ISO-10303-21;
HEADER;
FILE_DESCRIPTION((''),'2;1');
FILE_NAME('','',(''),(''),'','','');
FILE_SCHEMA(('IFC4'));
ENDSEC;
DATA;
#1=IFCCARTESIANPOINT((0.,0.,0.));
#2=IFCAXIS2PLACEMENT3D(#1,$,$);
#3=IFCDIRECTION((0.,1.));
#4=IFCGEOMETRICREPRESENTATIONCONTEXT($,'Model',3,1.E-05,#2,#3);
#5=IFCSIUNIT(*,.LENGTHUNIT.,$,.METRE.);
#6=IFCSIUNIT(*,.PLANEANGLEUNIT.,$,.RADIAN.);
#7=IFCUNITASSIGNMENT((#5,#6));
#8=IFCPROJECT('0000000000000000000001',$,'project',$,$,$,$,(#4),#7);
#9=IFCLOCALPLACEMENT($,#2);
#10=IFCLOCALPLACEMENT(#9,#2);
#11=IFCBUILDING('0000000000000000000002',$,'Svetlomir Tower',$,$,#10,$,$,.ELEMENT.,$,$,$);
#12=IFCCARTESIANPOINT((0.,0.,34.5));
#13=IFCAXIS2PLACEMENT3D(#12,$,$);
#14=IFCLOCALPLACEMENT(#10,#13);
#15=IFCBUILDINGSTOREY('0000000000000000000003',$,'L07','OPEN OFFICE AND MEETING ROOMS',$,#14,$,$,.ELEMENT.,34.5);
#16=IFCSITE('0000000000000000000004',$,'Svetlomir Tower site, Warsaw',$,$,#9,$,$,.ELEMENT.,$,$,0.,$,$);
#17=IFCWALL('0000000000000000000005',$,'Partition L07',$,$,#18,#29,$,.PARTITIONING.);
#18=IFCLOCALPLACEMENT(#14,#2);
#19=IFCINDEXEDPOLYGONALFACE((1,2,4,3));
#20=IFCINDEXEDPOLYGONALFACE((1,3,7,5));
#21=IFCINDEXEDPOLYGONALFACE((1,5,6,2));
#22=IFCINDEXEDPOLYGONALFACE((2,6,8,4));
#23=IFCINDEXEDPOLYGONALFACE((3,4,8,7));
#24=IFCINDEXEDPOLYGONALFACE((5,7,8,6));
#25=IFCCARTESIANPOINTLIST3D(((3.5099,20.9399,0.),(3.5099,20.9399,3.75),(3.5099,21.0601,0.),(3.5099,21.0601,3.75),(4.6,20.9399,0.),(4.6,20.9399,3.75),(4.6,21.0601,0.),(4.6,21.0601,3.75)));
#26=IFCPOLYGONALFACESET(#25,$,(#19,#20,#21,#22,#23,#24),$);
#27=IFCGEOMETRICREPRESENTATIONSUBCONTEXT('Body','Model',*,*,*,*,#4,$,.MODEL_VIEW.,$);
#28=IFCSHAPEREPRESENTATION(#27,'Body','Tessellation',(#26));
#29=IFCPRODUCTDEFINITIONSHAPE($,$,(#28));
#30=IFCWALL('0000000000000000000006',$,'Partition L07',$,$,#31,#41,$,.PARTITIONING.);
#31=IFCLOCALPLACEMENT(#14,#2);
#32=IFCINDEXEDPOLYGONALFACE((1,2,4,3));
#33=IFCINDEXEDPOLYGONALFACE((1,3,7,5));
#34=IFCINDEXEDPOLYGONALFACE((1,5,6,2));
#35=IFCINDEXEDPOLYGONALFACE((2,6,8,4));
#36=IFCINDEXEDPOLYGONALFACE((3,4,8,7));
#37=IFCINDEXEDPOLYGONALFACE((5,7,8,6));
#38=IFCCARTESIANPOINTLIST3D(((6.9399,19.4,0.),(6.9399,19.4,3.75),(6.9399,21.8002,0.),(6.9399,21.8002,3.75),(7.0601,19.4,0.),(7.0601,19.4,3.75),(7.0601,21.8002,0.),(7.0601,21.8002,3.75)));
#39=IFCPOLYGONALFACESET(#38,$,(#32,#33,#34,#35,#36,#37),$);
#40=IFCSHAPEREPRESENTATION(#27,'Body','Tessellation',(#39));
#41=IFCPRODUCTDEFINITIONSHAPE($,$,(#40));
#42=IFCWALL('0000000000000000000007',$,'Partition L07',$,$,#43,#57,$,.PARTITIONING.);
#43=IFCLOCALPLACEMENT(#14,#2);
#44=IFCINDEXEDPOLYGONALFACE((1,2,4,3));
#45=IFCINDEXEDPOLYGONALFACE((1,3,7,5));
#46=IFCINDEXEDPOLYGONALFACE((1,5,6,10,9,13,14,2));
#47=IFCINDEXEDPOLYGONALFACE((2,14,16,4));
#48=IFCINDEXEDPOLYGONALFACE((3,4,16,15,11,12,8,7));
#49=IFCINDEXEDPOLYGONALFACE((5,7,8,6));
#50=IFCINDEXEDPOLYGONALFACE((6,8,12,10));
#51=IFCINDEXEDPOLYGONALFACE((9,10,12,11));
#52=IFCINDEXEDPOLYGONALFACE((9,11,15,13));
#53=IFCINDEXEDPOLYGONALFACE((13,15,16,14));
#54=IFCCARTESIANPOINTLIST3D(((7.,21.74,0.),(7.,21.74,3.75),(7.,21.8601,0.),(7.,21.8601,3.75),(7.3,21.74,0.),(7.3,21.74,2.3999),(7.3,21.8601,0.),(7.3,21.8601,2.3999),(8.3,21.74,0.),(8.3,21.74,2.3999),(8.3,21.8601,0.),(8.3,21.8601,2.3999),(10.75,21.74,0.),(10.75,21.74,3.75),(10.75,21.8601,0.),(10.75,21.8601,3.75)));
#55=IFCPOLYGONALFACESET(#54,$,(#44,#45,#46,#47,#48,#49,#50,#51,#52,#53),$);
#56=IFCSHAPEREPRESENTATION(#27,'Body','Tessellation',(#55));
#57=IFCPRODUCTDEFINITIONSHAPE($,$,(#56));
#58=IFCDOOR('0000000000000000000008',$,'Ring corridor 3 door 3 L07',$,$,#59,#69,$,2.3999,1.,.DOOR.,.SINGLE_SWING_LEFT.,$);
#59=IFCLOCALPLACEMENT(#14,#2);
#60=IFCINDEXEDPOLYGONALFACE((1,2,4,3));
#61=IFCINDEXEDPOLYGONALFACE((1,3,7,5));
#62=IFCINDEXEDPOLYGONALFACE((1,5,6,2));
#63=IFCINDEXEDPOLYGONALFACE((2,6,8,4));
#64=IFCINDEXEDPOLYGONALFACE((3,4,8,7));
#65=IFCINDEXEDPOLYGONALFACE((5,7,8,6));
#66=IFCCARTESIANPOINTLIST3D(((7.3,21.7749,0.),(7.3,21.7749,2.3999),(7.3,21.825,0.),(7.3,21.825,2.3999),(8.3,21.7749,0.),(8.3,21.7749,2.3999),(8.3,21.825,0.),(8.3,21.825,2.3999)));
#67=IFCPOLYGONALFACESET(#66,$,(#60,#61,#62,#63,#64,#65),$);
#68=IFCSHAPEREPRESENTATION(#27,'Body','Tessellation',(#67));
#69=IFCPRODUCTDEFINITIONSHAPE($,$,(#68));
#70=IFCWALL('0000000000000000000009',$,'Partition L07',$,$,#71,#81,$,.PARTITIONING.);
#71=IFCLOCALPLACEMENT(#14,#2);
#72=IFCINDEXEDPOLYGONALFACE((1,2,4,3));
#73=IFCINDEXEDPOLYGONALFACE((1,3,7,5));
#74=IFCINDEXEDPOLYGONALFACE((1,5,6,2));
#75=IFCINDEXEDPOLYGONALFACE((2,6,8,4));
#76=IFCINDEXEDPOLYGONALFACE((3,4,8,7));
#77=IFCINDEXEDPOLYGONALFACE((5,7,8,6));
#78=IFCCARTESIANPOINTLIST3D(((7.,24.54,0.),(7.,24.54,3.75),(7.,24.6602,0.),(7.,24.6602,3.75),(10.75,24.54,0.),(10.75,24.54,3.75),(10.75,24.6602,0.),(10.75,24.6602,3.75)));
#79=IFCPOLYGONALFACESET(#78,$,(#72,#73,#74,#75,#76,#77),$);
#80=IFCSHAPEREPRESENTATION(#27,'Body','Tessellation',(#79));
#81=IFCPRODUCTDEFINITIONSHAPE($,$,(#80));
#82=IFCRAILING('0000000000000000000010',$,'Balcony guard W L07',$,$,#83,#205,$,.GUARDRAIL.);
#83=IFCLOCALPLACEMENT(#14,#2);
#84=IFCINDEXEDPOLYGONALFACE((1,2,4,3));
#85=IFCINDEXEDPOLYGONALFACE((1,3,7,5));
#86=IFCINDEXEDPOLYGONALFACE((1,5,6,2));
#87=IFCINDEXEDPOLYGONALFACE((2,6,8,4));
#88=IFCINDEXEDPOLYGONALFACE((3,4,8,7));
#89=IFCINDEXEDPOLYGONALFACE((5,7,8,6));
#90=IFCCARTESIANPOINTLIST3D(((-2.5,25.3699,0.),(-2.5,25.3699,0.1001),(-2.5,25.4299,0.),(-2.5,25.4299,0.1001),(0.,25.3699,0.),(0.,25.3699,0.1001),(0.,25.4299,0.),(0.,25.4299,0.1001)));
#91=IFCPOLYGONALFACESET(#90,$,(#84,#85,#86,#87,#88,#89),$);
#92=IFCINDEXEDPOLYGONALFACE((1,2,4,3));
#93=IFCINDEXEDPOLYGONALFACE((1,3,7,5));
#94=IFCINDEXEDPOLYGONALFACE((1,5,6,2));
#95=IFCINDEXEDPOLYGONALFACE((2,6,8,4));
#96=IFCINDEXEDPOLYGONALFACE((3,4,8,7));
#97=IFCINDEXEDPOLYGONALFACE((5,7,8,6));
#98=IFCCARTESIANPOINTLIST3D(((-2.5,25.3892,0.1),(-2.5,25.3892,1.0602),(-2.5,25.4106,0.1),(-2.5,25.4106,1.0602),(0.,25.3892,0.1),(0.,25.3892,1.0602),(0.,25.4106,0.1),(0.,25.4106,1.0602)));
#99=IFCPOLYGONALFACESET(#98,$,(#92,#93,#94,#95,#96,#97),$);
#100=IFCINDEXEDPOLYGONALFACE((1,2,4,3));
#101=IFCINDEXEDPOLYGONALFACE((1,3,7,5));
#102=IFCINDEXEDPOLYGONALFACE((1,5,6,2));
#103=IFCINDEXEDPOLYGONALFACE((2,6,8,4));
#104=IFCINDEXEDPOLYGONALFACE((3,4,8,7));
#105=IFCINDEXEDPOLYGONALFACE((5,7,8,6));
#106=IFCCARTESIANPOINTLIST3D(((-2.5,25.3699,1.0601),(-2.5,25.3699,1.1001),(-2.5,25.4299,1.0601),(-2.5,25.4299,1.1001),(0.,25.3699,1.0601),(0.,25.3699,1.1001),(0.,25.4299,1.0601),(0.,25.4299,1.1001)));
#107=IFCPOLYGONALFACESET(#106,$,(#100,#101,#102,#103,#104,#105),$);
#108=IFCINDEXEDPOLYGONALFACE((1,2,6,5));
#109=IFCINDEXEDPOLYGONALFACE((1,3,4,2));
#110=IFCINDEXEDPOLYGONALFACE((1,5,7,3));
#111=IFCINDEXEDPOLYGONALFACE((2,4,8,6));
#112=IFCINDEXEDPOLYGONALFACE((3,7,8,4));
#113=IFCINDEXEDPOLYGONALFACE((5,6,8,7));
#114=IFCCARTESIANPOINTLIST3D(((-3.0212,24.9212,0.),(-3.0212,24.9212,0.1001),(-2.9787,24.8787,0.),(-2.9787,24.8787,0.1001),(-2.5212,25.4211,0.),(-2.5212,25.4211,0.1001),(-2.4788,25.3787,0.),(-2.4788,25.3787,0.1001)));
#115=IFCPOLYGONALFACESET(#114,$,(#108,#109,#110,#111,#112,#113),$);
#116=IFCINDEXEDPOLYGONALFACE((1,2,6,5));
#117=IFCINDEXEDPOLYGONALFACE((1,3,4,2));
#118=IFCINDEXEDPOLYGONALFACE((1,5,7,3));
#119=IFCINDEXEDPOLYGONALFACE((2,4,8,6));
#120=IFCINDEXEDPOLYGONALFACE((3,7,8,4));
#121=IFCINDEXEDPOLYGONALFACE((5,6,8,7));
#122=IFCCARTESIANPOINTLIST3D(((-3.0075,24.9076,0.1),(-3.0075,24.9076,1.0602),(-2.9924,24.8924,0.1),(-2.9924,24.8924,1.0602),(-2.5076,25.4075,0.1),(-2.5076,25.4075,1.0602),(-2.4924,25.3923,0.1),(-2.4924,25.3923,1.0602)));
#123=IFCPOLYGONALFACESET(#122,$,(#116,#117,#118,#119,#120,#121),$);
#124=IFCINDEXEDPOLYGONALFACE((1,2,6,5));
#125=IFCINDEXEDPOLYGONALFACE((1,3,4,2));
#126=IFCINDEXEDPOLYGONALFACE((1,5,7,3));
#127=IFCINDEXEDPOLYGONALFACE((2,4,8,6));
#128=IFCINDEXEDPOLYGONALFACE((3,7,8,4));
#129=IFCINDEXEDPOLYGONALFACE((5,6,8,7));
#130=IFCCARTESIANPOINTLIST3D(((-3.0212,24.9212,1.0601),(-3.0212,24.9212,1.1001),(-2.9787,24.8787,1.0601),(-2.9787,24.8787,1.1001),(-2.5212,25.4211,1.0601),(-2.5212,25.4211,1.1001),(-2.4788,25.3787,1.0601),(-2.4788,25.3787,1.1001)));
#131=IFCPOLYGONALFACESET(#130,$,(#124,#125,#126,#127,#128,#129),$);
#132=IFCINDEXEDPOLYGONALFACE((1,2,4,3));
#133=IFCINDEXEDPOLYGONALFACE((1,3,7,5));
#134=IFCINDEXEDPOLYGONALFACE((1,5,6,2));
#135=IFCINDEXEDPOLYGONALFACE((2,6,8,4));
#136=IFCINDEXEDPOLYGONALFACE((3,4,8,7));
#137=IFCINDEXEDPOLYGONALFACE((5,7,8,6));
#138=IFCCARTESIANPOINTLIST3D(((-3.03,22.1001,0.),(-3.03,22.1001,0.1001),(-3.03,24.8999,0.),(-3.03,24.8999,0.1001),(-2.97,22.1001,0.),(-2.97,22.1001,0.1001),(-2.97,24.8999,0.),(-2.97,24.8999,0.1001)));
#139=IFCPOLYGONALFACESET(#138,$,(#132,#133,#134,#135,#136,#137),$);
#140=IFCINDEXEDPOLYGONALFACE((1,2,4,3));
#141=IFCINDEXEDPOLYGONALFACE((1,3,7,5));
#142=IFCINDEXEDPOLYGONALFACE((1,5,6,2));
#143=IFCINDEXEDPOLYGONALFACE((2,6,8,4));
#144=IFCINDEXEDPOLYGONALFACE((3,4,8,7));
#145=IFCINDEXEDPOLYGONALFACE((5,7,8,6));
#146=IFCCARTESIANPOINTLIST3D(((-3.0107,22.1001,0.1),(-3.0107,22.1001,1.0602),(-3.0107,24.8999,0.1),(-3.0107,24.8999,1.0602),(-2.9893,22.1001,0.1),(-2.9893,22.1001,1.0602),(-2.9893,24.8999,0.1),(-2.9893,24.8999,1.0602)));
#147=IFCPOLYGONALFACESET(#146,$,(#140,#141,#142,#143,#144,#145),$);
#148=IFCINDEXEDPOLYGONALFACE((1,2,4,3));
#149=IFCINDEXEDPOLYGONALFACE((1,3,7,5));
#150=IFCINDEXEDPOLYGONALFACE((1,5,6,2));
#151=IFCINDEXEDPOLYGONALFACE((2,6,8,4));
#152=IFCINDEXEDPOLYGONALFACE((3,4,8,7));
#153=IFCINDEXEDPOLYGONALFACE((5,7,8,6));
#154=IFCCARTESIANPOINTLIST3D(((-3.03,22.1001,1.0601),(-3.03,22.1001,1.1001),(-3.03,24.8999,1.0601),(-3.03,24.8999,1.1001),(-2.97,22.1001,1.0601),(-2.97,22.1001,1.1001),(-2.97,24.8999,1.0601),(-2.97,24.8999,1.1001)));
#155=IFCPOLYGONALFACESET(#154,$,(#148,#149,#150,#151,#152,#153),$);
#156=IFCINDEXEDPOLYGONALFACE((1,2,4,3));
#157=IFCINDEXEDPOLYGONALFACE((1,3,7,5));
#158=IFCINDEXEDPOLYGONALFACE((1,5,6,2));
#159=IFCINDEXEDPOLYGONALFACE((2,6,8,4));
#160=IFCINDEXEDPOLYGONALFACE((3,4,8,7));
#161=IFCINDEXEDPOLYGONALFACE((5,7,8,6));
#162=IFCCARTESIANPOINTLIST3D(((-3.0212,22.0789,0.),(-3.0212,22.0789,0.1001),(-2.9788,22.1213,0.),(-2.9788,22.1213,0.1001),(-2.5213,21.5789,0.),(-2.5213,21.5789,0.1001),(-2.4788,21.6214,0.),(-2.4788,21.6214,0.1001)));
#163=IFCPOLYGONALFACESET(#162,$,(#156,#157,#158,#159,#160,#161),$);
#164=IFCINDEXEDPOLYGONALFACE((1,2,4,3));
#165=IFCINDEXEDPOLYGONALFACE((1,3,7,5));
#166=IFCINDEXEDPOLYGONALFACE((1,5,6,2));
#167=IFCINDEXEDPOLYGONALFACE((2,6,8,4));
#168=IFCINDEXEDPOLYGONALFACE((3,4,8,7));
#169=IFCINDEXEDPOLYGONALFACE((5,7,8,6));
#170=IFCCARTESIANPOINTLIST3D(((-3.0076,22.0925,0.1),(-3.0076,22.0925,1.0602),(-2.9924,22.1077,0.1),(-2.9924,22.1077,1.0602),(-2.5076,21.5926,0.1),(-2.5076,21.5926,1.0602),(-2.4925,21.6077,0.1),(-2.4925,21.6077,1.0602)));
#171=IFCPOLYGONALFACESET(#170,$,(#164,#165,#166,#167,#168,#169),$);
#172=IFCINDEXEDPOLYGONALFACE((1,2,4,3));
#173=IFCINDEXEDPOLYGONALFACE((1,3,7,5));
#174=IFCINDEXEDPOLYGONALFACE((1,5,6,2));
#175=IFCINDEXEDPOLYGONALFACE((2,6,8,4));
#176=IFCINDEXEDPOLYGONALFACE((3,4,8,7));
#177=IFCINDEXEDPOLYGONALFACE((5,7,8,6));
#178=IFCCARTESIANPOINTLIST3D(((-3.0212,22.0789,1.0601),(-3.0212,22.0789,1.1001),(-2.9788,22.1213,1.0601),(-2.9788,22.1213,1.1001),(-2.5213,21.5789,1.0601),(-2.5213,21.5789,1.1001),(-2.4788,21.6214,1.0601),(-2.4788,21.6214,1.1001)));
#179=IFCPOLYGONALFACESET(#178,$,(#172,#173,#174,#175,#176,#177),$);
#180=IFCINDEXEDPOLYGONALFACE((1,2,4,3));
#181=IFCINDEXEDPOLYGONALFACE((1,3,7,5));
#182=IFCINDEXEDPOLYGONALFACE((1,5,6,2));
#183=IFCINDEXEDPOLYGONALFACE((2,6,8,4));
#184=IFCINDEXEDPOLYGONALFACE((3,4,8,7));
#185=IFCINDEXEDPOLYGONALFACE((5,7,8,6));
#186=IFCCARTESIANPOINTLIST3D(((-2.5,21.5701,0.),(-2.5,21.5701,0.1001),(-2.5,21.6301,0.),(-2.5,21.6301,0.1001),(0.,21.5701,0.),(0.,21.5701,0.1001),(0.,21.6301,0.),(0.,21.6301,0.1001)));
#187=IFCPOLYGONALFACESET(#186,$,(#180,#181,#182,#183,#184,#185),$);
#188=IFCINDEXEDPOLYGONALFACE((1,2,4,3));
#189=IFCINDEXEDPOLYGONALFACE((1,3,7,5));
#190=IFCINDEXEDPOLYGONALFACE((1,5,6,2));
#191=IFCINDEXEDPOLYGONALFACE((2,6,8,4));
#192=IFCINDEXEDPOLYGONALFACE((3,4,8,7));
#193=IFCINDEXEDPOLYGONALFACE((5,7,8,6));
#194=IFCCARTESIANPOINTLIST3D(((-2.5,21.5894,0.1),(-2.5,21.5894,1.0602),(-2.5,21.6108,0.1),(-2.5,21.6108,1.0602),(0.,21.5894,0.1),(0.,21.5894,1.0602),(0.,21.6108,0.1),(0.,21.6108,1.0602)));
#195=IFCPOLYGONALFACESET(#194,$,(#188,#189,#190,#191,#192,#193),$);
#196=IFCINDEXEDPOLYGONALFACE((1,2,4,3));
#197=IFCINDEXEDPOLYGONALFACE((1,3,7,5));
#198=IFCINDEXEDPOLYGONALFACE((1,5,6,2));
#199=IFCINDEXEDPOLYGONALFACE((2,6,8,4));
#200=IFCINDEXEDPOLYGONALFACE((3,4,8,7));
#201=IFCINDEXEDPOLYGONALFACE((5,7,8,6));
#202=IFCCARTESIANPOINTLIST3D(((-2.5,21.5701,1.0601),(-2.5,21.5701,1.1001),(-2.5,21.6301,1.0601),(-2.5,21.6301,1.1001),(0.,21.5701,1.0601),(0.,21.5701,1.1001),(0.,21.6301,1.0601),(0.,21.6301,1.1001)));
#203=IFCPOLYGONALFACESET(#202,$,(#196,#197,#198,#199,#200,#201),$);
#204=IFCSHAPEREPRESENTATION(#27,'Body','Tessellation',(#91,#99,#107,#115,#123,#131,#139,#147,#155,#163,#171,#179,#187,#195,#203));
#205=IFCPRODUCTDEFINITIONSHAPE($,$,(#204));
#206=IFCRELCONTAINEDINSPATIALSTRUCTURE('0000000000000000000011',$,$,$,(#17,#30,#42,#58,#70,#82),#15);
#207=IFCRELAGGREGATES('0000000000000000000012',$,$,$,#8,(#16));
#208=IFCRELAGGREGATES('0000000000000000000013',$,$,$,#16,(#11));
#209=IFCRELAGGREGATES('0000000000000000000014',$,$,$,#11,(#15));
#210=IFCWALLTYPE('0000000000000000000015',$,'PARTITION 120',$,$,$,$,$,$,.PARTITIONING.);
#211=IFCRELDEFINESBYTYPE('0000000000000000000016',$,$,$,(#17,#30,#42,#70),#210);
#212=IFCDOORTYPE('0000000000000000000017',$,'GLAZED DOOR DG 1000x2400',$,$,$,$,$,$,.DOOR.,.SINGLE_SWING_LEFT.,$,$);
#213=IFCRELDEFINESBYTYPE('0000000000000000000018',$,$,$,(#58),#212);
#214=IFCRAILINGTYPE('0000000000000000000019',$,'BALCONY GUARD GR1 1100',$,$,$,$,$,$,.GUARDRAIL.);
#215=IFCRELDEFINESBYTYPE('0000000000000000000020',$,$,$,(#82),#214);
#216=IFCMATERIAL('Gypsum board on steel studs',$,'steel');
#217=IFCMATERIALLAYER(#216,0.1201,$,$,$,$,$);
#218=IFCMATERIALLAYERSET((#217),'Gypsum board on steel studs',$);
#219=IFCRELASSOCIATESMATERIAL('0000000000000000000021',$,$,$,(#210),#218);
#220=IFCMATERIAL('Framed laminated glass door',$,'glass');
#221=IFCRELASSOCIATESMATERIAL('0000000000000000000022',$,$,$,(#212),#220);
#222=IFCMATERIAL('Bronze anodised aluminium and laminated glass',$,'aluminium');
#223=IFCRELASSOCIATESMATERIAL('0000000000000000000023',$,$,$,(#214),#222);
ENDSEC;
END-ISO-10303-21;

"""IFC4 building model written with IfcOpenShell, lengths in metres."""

from ifc_helpers import new_model, si_unit, direction, frame, frame_2d, origin, origin_2d, place, context, subcontext, project, spatial, rectangle, extrude, material, layer, layer_set, type_object, element, fill, save


model = new_model("IFC4")

# Units and contexts
model_context = context("Model", 3, precision=1e-05, world=origin(), true_north=direction((0.0, 1.0)))
body_context = subcontext(model_context, "Body", "Model", "MODEL_VIEW")
ifc_project = project(units=[si_unit("LENGTHUNIT", "METRE"), si_unit("PLANEANGLEUNIT", "RADIAN")], contexts=[model_context])

# Site, building, storey
site_placement = place(None, origin())
site = spatial("IfcSite", under=ifc_project, at=site_placement, Name="Svetlomir Tower site, Warsaw", CompositionType="ELEMENT", RefElevation=0.0)
building_placement = place(site_placement, origin())
building = spatial("IfcBuilding", under=site, at=building_placement, Name="Svetlomir Tower", CompositionType="ELEMENT")
storey_placement = place(building_placement, frame((0.0, 0.0, 34.5)))
storey = spatial("IfcBuildingStorey", under=building, at=storey_placement, Name="L07", Description="OPEN OFFICE AND MEETING ROOMS", CompositionType="ELEMENT", Elevation=34.5)

# Walls
ifc_material_1 = material(Name="Gypsum board on steel studs", Category="steel")
ifc_layer_1 = layer(ifc_material_1, 0.1201)
ifc_layer_set_1 = layer_set([ifc_layer_1], Name="Gypsum board on steel studs")
wall_type_1 = type_object("IfcWallType", Name="PARTITION 120", PredefinedType="PARTITIONING", material=ifc_layer_set_1)
wall_1_placement = place(storey_placement, frame((3.51, 21.0, 0.0), z_axis=(0.0, 0.0, 1.0), x_axis=(1.0, 0.0, 0.0)))
element("IfcWall", 1, at=wall_1_placement, inside=storey, type_object=wall_type_1, Name="Partition L07", PredefinedType="PARTITIONING", context=body_context, shape_type="SweptSolid", body=[
    extrude(rectangle(XDim=1.0901, YDim=0.1201, at=frame_2d((0.5449, 0.0))), origin(), (0.0, 0.0, 1.0), 3.75),
])
wall_2_placement = place(storey_placement, frame((7.0, 19.3999, 0.0), z_axis=(0.0, 0.0, 1.0), x_axis=(0.0, 1.0, 0.0)))
element("IfcWall", 2, at=wall_2_placement, inside=storey, type_object=wall_type_1, Name="Partition L07", PredefinedType="PARTITIONING", context=body_context, shape_type="SweptSolid", body=[
    extrude(rectangle(XDim=2.4001, YDim=0.1201, at=frame_2d((1.2002, 0.0))), origin(), (0.0, 0.0, 1.0), 3.75),
])

# Wall, opening, door
wall_3_placement = place(storey_placement, frame((7.0, 21.8, 0.0), z_axis=(0.0, 0.0, 1.0), x_axis=(1.0, 0.0, 0.0)))
wall_3 = element("IfcWall", 3, at=wall_3_placement, inside=storey, type_object=wall_type_1, Name="Partition L07", PredefinedType="PARTITIONING", context=body_context, shape_type="SweptSolid", body=[
    extrude(rectangle(XDim=3.75, YDim=0.1201, at=frame_2d((1.875, 0.0))), origin(), (0.0, 0.0, 1.0), 3.75),
])
opening_1_placement = place(wall_3_placement, frame((0.3, 0.0, 0.0)))
opening_1 = element("IfcOpeningElement", 4, at=opening_1_placement, cuts=wall_3, PredefinedType="OPENING", context=body_context, shape_type="SweptSolid", body=[
    extrude(rectangle(XDim=1.0, YDim=2.3999, at=frame_2d((0.5, 1.2))), frame((0.0, 0.0701, 0.0), z_axis=(0.0, -1.0, 0.0), x_axis=(1.0, 0.0, 0.0)), (0.0, 0.0, 1.0), 0.1401),
])
ifc_material_2 = material(Name="Framed laminated glass door", Category="glass")
door_type_1 = type_object("IfcDoorType", Name="GLAZED DOOR DG 1000x2400", OperationType="SINGLE_SWING_LEFT", PredefinedType="DOOR", material=ifc_material_2)
door_1_placement = place(opening_1_placement, origin())
door_1 = element("IfcDoor", 5, at=door_1_placement, inside=storey, type_object=door_type_1, Name="Ring corridor 3 door 3 L07", OperationType="SINGLE_SWING_LEFT", OverallHeight=2.3999, OverallWidth=1.0, PredefinedType="DOOR", context=body_context, shape_type="SweptSolid", body=[
    extrude(rectangle(XDim=1.0, YDim=2.3999, at=frame_2d((0.5, 1.2))), frame((0.0, 0.0249, 0.0), z_axis=(0.0, -1.0, 0.0), x_axis=(1.0, 0.0, 0.0)), (0.0, 0.0, 1.0), 0.05),
])
fill(opening_1, door_1)

# Wall
wall_4_placement = place(storey_placement, frame((7.0, 24.6001, 0.0), z_axis=(0.0, 0.0, 1.0), x_axis=(1.0, 0.0, 0.0)))
element("IfcWall", 6, at=wall_4_placement, inside=storey, type_object=wall_type_1, Name="Partition L07", PredefinedType="PARTITIONING", context=body_context, shape_type="SweptSolid", body=[
    extrude(rectangle(XDim=3.75, YDim=0.1201, at=frame_2d((1.875, 0.0))), origin(), (0.0, 0.0, 1.0), 3.75),
])

# Railing
ifc_material_3 = material(Name="Bronze anodised aluminium and laminated glass", Category="aluminium")
railing_type_1 = type_object("IfcRailingType", Name="BALCONY GUARD GR1 1100", PredefinedType="GUARDRAIL", material=ifc_material_3)
railing_1_placement = place(storey_placement, frame((0.0, 25.3999, 0.0)))
element("IfcRailing", 7, at=railing_1_placement, inside=storey, type_object=railing_type_1, Name="Balcony guard W L07", PredefinedType="GUARDRAIL", context=body_context, shape_type="SweptSolid", body=[
    extrude(rectangle(XDim=0.0601, YDim=0.1001, at=origin_2d()), frame((0.0, 0.0, 0.05), z_axis=(-1.0, 0.0, 0.0), x_axis=(0.0, -1.0, 0.0)), (0.0, 0.0, 1.0), 2.5),
    extrude(rectangle(XDim=0.0215, YDim=0.9602, at=origin_2d()), frame((0.0, 0.0, 0.5801), z_axis=(-1.0, 0.0, 0.0), x_axis=(0.0, -1.0, 0.0)), (0.0, 0.0, 1.0), 2.5),
    extrude(rectangle(XDim=0.0601, YDim=0.04, at=origin_2d()), frame((0.0, 0.0, 1.0801), z_axis=(-1.0, 0.0, 0.0), x_axis=(0.0, -1.0, 0.0)), (0.0, 0.0, 1.0), 2.5),
    extrude(rectangle(XDim=0.0601, YDim=0.1001, at=origin_2d()), frame((-2.5, 0.0, 0.05), z_axis=(-0.707107, -0.707107, 0.0), x_axis=(0.707107, -0.707107, 0.0)), (0.0, 0.0, 1.0), 0.707),
    extrude(rectangle(XDim=0.0215, YDim=0.9602, at=origin_2d()), frame((-2.5, 0.0, 0.5801), z_axis=(-0.707107, -0.707107, 0.0), x_axis=(0.707107, -0.707107, 0.0)), (0.0, 0.0, 1.0), 0.707),
    extrude(rectangle(XDim=0.0601, YDim=0.04, at=origin_2d()), frame((-2.5, 0.0, 1.0801), z_axis=(-0.707107, -0.707107, 0.0), x_axis=(0.707107, -0.707107, 0.0)), (0.0, 0.0, 1.0), 0.707),
    extrude(rectangle(XDim=0.0601, YDim=0.1001, at=origin_2d()), frame((-3.0, -0.5, 0.05), z_axis=(0.0, -1.0, 0.0), x_axis=(1.0, 0.0, 0.0)), (0.0, 0.0, 1.0), 2.7998),
    extrude(rectangle(XDim=0.0215, YDim=0.9602, at=origin_2d()), frame((-3.0, -0.5, 0.5801), z_axis=(0.0, -1.0, 0.0), x_axis=(1.0, 0.0, 0.0)), (0.0, 0.0, 1.0), 2.7998),
    extrude(rectangle(XDim=0.0601, YDim=0.04, at=origin_2d()), frame((-3.0, -0.5, 1.0801), z_axis=(0.0, -1.0, 0.0), x_axis=(1.0, 0.0, 0.0)), (0.0, 0.0, 1.0), 2.7998),
    extrude(rectangle(XDim=0.0601, YDim=0.1001, at=origin_2d()), frame((-3.0, -3.2998, 0.05), z_axis=(0.707107, -0.707107, 0.0), x_axis=(0.707107, 0.707107, 0.0)), (0.0, 0.0, 1.0), 0.707),
    extrude(rectangle(XDim=0.0215, YDim=0.9602, at=origin_2d()), frame((-3.0, -3.2998, 0.5801), z_axis=(0.707107, -0.707107, 0.0), x_axis=(0.707107, 0.707107, 0.0)), (0.0, 0.0, 1.0), 0.707),
    extrude(rectangle(XDim=0.0601, YDim=0.04, at=origin_2d()), frame((-3.0, -3.2998, 1.0801), z_axis=(0.707107, -0.707107, 0.0), x_axis=(0.707107, 0.707107, 0.0)), (0.0, 0.0, 1.0), 0.707),
    extrude(rectangle(XDim=0.0601, YDim=0.1001, at=origin_2d()), frame((-2.5, -3.7998, 0.05), z_axis=(1.0, 0.0, 0.0), x_axis=(0.0, 1.0, 0.0)), (0.0, 0.0, 1.0), 2.5),
    extrude(rectangle(XDim=0.0215, YDim=0.9602, at=origin_2d()), frame((-2.5, -3.7998, 0.5801), z_axis=(1.0, 0.0, 0.0), x_axis=(0.0, 1.0, 0.0)), (0.0, 0.0, 1.0), 2.5),
    extrude(rectangle(XDim=0.0601, YDim=0.04, at=origin_2d()), frame((-2.5, -3.7998, 1.0801), z_axis=(1.0, 0.0, 0.0), x_axis=(0.0, 1.0, 0.0)), (0.0, 0.0, 1.0), 2.5),
])

save(model, "model.ifc")
